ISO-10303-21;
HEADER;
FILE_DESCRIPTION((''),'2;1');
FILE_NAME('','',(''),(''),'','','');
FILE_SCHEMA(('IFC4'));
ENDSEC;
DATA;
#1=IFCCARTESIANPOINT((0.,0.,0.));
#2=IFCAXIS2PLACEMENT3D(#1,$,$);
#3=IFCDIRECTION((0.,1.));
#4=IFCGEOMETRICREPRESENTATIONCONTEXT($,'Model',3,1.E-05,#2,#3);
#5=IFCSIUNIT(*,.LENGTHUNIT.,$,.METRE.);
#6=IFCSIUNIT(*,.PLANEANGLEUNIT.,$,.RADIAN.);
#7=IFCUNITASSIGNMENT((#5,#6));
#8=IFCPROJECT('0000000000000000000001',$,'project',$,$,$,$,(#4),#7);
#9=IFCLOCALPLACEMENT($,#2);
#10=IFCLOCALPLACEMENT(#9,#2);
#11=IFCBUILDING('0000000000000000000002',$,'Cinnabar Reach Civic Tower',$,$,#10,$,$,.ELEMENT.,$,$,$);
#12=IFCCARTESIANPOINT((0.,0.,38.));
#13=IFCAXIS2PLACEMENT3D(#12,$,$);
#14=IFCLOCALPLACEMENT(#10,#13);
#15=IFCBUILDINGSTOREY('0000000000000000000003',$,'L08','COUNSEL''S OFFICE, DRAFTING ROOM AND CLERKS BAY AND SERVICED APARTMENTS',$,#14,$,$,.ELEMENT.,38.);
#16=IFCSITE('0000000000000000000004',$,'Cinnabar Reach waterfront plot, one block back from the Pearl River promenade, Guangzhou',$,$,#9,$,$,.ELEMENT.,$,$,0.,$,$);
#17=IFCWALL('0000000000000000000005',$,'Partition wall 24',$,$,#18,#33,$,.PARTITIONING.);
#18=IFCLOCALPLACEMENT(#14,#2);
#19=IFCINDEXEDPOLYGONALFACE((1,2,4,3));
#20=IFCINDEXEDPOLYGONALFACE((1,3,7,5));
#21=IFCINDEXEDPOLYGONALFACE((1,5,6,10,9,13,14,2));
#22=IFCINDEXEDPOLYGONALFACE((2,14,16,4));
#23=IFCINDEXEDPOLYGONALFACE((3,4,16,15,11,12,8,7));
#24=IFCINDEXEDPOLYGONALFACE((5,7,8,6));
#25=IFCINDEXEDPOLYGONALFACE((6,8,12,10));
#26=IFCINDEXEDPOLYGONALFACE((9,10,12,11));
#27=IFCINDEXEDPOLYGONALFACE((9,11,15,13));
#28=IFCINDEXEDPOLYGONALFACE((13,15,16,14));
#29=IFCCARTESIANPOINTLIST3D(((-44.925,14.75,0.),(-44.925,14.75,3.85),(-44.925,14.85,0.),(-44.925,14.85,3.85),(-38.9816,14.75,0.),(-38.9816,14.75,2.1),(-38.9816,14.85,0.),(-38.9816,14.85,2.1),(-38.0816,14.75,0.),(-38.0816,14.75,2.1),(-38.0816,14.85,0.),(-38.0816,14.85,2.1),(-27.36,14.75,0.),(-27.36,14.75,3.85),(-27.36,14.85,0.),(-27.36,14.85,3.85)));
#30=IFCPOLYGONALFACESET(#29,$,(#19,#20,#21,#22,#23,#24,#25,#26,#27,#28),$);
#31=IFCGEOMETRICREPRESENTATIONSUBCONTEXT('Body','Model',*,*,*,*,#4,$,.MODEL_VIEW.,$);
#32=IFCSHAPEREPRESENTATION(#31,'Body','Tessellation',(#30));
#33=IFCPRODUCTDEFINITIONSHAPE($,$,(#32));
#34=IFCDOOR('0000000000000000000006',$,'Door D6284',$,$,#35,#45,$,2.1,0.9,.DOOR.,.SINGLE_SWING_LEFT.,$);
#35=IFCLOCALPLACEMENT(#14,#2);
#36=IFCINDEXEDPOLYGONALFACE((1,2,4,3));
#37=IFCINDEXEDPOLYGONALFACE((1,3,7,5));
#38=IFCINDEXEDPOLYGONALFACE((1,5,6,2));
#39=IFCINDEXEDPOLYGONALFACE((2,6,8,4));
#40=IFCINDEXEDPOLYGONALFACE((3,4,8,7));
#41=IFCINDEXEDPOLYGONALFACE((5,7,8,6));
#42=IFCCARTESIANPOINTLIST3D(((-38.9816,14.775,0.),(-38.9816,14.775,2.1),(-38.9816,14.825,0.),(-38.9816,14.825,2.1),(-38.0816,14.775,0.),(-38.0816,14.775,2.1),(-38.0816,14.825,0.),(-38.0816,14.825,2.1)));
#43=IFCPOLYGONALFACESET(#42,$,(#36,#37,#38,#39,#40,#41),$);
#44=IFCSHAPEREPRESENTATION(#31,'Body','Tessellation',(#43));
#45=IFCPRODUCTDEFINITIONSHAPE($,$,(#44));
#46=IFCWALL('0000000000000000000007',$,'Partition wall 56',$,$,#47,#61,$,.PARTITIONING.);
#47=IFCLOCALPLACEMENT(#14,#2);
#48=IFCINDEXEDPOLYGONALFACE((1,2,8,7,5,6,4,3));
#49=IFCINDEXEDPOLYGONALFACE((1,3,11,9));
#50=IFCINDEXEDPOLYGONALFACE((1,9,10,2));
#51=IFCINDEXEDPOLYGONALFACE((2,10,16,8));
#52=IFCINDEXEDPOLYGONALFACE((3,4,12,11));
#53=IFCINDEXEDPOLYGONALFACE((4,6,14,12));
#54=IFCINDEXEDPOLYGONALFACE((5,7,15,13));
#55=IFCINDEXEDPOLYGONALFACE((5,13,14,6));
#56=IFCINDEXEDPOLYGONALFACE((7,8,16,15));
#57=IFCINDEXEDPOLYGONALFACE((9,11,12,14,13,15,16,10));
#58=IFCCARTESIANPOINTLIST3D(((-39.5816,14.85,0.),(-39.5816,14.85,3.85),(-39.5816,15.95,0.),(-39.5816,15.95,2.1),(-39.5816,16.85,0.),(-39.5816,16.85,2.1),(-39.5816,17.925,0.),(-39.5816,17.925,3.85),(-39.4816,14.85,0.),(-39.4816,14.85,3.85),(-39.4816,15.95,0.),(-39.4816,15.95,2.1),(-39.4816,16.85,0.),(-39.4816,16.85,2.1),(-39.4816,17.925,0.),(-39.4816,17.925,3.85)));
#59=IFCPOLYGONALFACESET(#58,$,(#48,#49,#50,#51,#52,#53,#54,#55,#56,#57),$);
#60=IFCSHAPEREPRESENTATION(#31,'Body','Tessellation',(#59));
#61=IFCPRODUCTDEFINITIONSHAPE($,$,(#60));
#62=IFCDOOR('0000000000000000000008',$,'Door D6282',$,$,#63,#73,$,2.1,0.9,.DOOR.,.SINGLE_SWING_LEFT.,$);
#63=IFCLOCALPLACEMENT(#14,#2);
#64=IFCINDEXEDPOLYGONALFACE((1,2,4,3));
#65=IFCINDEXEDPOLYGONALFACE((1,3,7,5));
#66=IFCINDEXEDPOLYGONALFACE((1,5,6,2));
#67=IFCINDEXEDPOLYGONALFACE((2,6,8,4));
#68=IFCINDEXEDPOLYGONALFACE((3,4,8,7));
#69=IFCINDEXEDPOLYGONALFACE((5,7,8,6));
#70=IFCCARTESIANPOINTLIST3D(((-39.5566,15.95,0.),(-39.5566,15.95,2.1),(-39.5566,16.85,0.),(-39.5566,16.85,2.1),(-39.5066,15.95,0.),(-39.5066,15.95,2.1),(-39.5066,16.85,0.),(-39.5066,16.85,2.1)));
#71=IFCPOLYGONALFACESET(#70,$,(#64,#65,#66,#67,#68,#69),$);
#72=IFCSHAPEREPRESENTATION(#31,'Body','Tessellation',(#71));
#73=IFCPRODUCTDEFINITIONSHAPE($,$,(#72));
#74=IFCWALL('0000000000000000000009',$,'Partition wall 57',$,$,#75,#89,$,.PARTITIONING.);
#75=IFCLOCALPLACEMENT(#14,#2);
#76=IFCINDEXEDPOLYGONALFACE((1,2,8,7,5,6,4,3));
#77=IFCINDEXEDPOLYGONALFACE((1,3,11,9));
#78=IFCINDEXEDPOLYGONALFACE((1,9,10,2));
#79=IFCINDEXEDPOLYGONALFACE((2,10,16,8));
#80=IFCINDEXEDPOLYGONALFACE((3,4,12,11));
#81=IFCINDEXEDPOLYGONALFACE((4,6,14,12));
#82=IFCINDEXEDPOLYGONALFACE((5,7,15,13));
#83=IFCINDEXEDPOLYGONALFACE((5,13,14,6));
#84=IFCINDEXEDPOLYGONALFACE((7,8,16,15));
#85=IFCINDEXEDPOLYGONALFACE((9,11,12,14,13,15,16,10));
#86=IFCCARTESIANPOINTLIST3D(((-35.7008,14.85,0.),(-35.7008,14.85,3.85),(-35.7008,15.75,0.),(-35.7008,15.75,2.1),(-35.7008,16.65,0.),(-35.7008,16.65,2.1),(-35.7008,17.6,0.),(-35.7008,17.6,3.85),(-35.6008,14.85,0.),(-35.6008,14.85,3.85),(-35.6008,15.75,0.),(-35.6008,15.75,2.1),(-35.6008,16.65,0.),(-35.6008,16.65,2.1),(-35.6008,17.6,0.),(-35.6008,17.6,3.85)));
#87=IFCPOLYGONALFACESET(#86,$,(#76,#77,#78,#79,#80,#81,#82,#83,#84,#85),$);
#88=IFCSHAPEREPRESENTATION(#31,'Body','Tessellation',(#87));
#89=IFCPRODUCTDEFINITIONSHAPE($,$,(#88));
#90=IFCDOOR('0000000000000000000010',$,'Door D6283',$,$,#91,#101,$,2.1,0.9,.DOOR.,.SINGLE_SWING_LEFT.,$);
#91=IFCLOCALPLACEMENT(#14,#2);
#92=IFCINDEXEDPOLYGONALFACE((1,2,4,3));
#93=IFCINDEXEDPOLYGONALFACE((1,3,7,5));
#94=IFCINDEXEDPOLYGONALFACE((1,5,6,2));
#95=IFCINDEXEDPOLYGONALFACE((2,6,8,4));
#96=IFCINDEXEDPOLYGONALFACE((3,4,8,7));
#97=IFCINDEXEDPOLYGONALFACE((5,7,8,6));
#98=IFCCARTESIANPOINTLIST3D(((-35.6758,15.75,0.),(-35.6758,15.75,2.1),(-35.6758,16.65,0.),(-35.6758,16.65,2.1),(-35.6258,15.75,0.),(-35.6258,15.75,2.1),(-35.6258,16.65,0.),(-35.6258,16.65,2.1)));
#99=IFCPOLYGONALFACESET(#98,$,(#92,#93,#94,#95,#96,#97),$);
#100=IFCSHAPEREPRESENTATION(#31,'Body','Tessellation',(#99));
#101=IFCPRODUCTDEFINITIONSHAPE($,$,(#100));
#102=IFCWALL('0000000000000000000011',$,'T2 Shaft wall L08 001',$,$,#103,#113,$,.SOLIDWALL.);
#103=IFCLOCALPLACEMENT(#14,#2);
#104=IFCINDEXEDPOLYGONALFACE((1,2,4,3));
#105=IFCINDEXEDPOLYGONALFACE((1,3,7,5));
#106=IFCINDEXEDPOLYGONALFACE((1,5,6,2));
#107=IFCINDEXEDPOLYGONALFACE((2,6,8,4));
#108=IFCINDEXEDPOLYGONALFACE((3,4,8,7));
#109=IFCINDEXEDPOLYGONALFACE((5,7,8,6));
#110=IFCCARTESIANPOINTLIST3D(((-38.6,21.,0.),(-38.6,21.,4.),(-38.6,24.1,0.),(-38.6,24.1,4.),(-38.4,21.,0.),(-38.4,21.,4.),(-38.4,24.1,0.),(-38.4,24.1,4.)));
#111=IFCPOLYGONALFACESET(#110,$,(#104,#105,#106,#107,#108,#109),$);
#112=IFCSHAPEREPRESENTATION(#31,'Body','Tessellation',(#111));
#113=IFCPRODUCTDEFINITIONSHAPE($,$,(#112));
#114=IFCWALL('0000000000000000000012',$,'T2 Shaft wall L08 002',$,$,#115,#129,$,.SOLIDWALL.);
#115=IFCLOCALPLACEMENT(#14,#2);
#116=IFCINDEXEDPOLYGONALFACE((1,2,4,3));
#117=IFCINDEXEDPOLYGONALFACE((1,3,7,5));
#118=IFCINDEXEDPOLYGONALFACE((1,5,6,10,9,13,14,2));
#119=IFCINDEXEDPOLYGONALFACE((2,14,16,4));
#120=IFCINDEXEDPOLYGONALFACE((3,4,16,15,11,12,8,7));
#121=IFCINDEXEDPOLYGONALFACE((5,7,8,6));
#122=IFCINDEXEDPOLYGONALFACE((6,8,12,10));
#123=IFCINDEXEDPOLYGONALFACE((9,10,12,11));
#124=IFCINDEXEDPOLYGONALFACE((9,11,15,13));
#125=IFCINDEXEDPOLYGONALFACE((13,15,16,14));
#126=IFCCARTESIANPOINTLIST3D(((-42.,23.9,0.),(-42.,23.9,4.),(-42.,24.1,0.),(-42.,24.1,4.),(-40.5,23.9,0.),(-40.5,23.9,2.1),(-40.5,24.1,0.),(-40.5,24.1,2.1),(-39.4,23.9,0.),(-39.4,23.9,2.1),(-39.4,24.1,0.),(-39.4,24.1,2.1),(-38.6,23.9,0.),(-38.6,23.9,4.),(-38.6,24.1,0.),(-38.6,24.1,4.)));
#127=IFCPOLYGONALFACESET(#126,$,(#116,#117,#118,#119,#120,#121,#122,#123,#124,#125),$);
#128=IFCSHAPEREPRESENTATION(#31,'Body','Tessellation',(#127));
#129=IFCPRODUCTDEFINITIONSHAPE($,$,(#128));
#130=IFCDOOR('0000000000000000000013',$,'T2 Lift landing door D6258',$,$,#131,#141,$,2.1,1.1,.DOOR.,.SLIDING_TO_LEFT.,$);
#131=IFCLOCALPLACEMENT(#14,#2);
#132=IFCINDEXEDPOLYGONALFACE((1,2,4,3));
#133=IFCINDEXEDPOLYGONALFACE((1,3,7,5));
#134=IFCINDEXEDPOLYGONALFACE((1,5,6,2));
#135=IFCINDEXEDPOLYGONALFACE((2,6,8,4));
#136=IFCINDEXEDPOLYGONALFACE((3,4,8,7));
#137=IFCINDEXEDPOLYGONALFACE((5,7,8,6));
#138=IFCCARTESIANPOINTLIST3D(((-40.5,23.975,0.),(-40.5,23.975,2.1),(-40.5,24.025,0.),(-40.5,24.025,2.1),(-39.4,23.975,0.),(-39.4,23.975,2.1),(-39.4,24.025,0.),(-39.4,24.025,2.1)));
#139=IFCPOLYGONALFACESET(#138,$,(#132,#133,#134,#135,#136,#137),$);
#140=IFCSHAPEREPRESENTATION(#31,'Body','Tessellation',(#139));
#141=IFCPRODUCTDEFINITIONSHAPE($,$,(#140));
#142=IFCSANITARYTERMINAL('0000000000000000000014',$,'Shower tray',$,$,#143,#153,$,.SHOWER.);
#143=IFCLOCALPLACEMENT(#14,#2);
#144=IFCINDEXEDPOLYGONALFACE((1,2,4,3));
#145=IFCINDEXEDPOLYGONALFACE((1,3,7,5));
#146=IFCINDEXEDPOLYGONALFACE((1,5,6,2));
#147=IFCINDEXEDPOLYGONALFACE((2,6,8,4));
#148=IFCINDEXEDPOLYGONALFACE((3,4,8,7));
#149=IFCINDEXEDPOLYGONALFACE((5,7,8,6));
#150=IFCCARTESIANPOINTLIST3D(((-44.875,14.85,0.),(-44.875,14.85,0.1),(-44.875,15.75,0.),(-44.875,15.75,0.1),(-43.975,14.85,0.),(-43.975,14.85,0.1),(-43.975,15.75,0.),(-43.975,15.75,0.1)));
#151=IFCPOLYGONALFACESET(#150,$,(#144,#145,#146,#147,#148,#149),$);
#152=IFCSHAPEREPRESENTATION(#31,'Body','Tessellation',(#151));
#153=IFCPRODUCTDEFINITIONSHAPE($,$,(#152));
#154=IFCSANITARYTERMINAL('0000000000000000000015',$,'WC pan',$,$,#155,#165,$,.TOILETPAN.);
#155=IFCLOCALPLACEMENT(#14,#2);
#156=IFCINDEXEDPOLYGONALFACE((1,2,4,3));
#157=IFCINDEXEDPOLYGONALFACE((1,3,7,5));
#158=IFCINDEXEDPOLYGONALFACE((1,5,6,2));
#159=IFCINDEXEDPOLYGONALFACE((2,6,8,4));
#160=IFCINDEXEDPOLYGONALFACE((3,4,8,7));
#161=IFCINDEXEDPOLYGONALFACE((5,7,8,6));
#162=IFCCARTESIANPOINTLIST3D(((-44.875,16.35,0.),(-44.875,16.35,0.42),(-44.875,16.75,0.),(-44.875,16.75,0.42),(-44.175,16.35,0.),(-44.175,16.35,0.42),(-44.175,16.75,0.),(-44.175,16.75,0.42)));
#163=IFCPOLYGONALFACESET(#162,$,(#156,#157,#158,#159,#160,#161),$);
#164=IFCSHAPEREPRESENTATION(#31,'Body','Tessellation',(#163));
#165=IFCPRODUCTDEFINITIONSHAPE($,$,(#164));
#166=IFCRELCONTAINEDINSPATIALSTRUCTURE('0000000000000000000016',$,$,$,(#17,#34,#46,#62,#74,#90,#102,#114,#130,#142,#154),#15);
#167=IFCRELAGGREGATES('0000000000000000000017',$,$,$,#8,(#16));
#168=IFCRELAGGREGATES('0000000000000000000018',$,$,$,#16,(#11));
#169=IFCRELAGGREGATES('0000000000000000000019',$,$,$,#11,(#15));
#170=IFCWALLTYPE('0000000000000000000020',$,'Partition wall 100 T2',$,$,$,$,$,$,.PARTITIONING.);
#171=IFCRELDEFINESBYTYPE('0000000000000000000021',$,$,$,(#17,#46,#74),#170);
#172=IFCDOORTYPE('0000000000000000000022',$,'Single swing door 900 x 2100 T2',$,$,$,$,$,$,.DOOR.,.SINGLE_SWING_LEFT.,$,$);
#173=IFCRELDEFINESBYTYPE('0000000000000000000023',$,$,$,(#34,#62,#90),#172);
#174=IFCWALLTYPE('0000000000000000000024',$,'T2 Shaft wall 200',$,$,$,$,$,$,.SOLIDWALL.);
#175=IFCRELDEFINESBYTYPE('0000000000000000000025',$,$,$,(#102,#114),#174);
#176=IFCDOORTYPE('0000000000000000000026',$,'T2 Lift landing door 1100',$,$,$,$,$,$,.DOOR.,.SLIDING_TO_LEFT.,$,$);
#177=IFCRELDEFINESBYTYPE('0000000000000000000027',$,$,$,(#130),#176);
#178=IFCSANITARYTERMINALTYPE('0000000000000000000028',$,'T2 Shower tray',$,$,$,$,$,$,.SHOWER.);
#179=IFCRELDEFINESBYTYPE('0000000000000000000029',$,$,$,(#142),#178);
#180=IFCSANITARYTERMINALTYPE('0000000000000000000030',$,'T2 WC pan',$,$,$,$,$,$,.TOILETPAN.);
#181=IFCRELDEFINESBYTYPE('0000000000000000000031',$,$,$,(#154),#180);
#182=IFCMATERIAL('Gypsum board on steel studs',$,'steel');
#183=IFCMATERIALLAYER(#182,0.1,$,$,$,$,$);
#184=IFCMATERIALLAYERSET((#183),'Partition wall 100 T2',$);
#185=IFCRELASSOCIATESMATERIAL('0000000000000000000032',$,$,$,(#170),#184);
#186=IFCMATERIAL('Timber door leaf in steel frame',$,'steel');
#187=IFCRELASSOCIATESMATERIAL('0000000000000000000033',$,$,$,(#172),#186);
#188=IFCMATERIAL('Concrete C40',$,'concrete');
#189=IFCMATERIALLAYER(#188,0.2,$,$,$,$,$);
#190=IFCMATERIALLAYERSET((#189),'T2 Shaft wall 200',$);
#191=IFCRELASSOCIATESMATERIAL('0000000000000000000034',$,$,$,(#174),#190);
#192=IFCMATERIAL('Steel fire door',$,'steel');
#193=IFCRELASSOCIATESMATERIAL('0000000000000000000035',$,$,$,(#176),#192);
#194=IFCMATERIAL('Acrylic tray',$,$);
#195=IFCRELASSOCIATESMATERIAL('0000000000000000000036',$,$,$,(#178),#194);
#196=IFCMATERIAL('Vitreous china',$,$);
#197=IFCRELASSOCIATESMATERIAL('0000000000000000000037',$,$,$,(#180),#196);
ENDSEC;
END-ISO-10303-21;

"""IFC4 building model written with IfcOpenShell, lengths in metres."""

from ifc_helpers import new_model, si_unit, direction, frame, frame_2d, origin, origin_2d, place, context, subcontext, project, spatial, rectangle, extrude, material, layer, layer_set, type_object, element, fill, save


model = new_model("IFC4")

# Units and contexts
model_context = context("Model", 3, precision=1e-05, world=origin(), true_north=direction((0.0, 1.0)))
body_context = subcontext(model_context, "Body", "Model", "MODEL_VIEW")
ifc_project = project(units=[si_unit("LENGTHUNIT", "METRE"), si_unit("PLANEANGLEUNIT", "RADIAN")], contexts=[model_context])

# Site, building, storey
site_placement = place(None, origin())
site = spatial("IfcSite", under=ifc_project, at=site_placement, Name="Cinnabar Reach waterfront plot, one block back from the Pearl River promenade, Guangzhou", CompositionType="ELEMENT", RefElevation=0.0)
building_placement = place(site_placement, origin())
building = spatial("IfcBuilding", under=site, at=building_placement, Name="Cinnabar Reach Civic Tower", CompositionType="ELEMENT")
storey_placement = place(building_placement, frame((0.0, 0.0, 38.0)))
storey = spatial("IfcBuildingStorey", under=building, at=storey_placement, Name="L08", Description="COUNSEL'S OFFICE, DRAFTING ROOM AND CLERKS BAY AND SERVICED APARTMENTS", CompositionType="ELEMENT", Elevation=38.0)

# Shared definitions
ifc_material_1 = material(Name="Timber door leaf in steel frame", Category="steel")

# Walls, openings, doors
ifc_material_2 = material(Name="Gypsum board on steel studs", Category="steel")
ifc_layer_1 = layer(ifc_material_2, 0.1)
ifc_layer_set_1 = layer_set([ifc_layer_1], Name="Partition wall 100 T2")
wall_type_1 = type_object("IfcWallType", Name="Partition wall 100 T2", PredefinedType="PARTITIONING", material=ifc_layer_set_1)
wall_1_placement = place(storey_placement, frame((-44.925, 14.8, 0.0), z_axis=(0.0, 0.0, 1.0), x_axis=(1.0, 0.0, 0.0)))
wall_1 = element("IfcWall", 1, at=wall_1_placement, inside=storey, type_object=wall_type_1, Name="Partition wall 24", PredefinedType="PARTITIONING", context=body_context, shape_type="SweptSolid", body=[
    extrude(rectangle(XDim=17.565, YDim=0.1, at=frame_2d((8.7825, 0.0))), origin(), (0.0, 0.0, 1.0), 3.85),
])
opening_1_placement = place(wall_1_placement, frame((5.9434, 0.0, 0.0)))
opening_1 = element("IfcOpeningElement", 2, at=opening_1_placement, cuts=wall_1, PredefinedType="OPENING", context=body_context, shape_type="SweptSolid", body=[
    extrude(rectangle(XDim=0.9, YDim=2.1, at=frame_2d((0.45, 1.05))), frame((0.0, 0.06, 0.0), z_axis=(0.0, -1.0, 0.0), x_axis=(1.0, 0.0, 0.0)), (0.0, 0.0, 1.0), 0.12),
])
door_type_1 = type_object("IfcDoorType", Name="Single swing door 900 x 2100 T2", OperationType="SINGLE_SWING_LEFT", PredefinedType="DOOR", material=ifc_material_1)
door_1_placement = place(opening_1_placement, origin())
door_1 = element("IfcDoor", 3, at=door_1_placement, inside=storey, type_object=door_type_1, Name="Door D6284", OperationType="SINGLE_SWING_LEFT", OverallHeight=2.1, OverallWidth=0.9, PredefinedType="DOOR", context=body_context, shape_type="SweptSolid", body=[
    extrude(rectangle(XDim=0.9, YDim=2.1, at=frame_2d((0.45, 1.05))), frame((0.0, 0.025, 0.0), z_axis=(0.0, -1.0, 0.0), x_axis=(1.0, 0.0, 0.0)), (0.0, 0.0, 1.0), 0.05),
])
fill(opening_1, door_1)
wall_2_placement = place(storey_placement, frame((-39.5316, 14.85, 0.0), z_axis=(0.0, 0.0, 1.0), x_axis=(0.0, 1.0, 0.0)))
wall_2 = element("IfcWall", 4, at=wall_2_placement, inside=storey, type_object=wall_type_1, Name="Partition wall 56", PredefinedType="PARTITIONING", context=body_context, shape_type="SweptSolid", body=[
    extrude(rectangle(XDim=3.075, YDim=0.1, at=frame_2d((1.5375, 0.0))), origin(), (0.0, 0.0, 1.0), 3.85),
])
opening_2_placement = place(wall_2_placement, frame((1.1, 0.0, 0.0)))
opening_2 = element("IfcOpeningElement", 5, at=opening_2_placement, cuts=wall_2, PredefinedType="OPENING", context=body_context, shape_type="SweptSolid", body=[
    extrude(rectangle(XDim=0.9, YDim=2.1, at=frame_2d((0.45, 1.05))), frame((0.0, 0.06, 0.0), z_axis=(0.0, -1.0, 0.0), x_axis=(1.0, 0.0, 0.0)), (0.0, 0.0, 1.0), 0.12),
])
door_2_placement = place(opening_2_placement, origin())
door_2 = element("IfcDoor", 6, at=door_2_placement, inside=storey, type_object=door_type_1, Name="Door D6282", OperationType="SINGLE_SWING_LEFT", OverallHeight=2.1, OverallWidth=0.9, PredefinedType="DOOR", context=body_context, shape_type="SweptSolid", body=[
    extrude(rectangle(XDim=0.9, YDim=2.1, at=frame_2d((0.45, 1.05))), frame((0.0, 0.025, 0.0), z_axis=(0.0, -1.0, 0.0), x_axis=(1.0, 0.0, 0.0)), (0.0, 0.0, 1.0), 0.05),
])
fill(opening_2, door_2)
wall_3_placement = place(storey_placement, frame((-35.6508, 14.85, 0.0), z_axis=(0.0, 0.0, 1.0), x_axis=(0.0, 1.0, 0.0)))
wall_3 = element("IfcWall", 7, at=wall_3_placement, inside=storey, type_object=wall_type_1, Name="Partition wall 57", PredefinedType="PARTITIONING", context=body_context, shape_type="SweptSolid", body=[
    extrude(rectangle(XDim=2.75, YDim=0.1, at=frame_2d((1.375, 0.0))), origin(), (0.0, 0.0, 1.0), 3.85),
])
opening_3_placement = place(wall_3_placement, frame((0.9, 0.0, 0.0)))
opening_3 = element("IfcOpeningElement", 8, at=opening_3_placement, cuts=wall_3, PredefinedType="OPENING", context=body_context, shape_type="SweptSolid", body=[
    extrude(rectangle(XDim=0.9, YDim=2.1, at=frame_2d((0.45, 1.05))), frame((0.0, 0.06, 0.0), z_axis=(0.0, -1.0, 0.0), x_axis=(1.0, 0.0, 0.0)), (0.0, 0.0, 1.0), 0.12),
])
door_3_placement = place(opening_3_placement, origin())
door_3 = element("IfcDoor", 9, at=door_3_placement, inside=storey, type_object=door_type_1, Name="Door D6283", OperationType="SINGLE_SWING_LEFT", OverallHeight=2.1, OverallWidth=0.9, PredefinedType="DOOR", context=body_context, shape_type="SweptSolid", body=[
    extrude(rectangle(XDim=0.9, YDim=2.1, at=frame_2d((0.45, 1.05))), frame((0.0, 0.025, 0.0), z_axis=(0.0, -1.0, 0.0), x_axis=(1.0, 0.0, 0.0)), (0.0, 0.0, 1.0), 0.05),
])
fill(opening_3, door_3)

# Wall
ifc_material_3 = material(Name="Concrete C40", Category="concrete")
ifc_layer_2 = layer(ifc_material_3, 0.2)
ifc_layer_set_2 = layer_set([ifc_layer_2], Name="T2 Shaft wall 200")
wall_type_2 = type_object("IfcWallType", Name="T2 Shaft wall 200", PredefinedType="SOLIDWALL", material=ifc_layer_set_2)
wall_4_placement = place(storey_placement, frame((-38.5, 21.0, 0.0), z_axis=(0.0, 0.0, 1.0), x_axis=(0.0, 1.0, 0.0)))
element("IfcWall", 10, at=wall_4_placement, inside=storey, type_object=wall_type_2, Name="T2 Shaft wall L08 001", PredefinedType="SOLIDWALL", context=body_context, shape_type="SweptSolid", body=[
    extrude(rectangle(XDim=3.1, YDim=0.2, at=frame_2d((1.55, 0.0))), origin(), (0.0, 0.0, 1.0), 4.0),
])

# Wall, opening, door
wall_5_placement = place(storey_placement, frame((-38.6, 24.0, 0.0), z_axis=(0.0, 0.0, 1.0), x_axis=(-1.0, 0.0, 0.0)))
wall_5 = element("IfcWall", 11, at=wall_5_placement, inside=storey, type_object=wall_type_2, Name="T2 Shaft wall L08 002", PredefinedType="SOLIDWALL", context=body_context, shape_type="SweptSolid", body=[
    extrude(rectangle(XDim=3.4, YDim=0.2, at=frame_2d((1.7, 0.0))), origin(), (0.0, 0.0, 1.0), 4.0),
])
opening_4_placement = place(wall_5_placement, frame((0.8, 0.0, 0.0)))
opening_4 = element("IfcOpeningElement", 12, at=opening_4_placement, cuts=wall_5, PredefinedType="OPENING", context=body_context, shape_type="SweptSolid", body=[
    extrude(rectangle(XDim=1.1, YDim=2.1, at=frame_2d((0.55, 1.05))), frame((0.0, 0.11, 0.0), z_axis=(0.0, -1.0, 0.0), x_axis=(1.0, 0.0, 0.0)), (0.0, 0.0, 1.0), 0.22),
])
ifc_material_4 = material(Name="Steel fire door", Category="steel")
door_type_2 = type_object("IfcDoorType", Name="T2 Lift landing door 1100", OperationType="SLIDING_TO_LEFT", PredefinedType="DOOR", material=ifc_material_4)
door_4_placement = place(opening_4_placement, origin())
door_4 = element("IfcDoor", 13, at=door_4_placement, inside=storey, type_object=door_type_2, Name="T2 Lift landing door D6258", OperationType="SLIDING_TO_LEFT", OverallHeight=2.1, OverallWidth=1.1, PredefinedType="DOOR", context=body_context, shape_type="SweptSolid", body=[
    extrude(rectangle(XDim=1.1, YDim=2.1, at=frame_2d((0.55, 1.05))), frame((0.0, 0.025, 0.0), z_axis=(0.0, -1.0, 0.0), x_axis=(1.0, 0.0, 0.0)), (0.0, 0.0, 1.0), 0.05),
])
fill(opening_4, door_4)

# Sanitary terminals
ifc_material_5 = material(Name="Acrylic tray")
sanitary_terminal_type_1 = type_object("IfcSanitaryTerminalType", Name="T2 Shower tray", PredefinedType="SHOWER", material=ifc_material_5)
sanitary_terminal_1_placement = place(storey_placement, frame((-44.425, 15.3, 0.0), z_axis=(0.0, 0.0, 1.0), x_axis=(1.0, 0.0, 0.0)))
element("IfcSanitaryTerminal", 14, at=sanitary_terminal_1_placement, inside=storey, type_object=sanitary_terminal_type_1, Name="Shower tray", PredefinedType="SHOWER", context=body_context, shape_type="SweptSolid", body=[
    extrude(rectangle(XDim=0.9, YDim=0.9, at=origin_2d()), origin(), (0.0, 0.0, 1.0), 0.1),
])
ifc_material_6 = material(Name="Vitreous china")
sanitary_terminal_type_2 = type_object("IfcSanitaryTerminalType", Name="T2 WC pan", PredefinedType="TOILETPAN", material=ifc_material_6)
sanitary_terminal_2_placement = place(storey_placement, frame((-44.525, 16.55, 0.0), z_axis=(0.0, 0.0, 1.0), x_axis=(1.0, 0.0, 0.0)))
element("IfcSanitaryTerminal", 15, at=sanitary_terminal_2_placement, inside=storey, type_object=sanitary_terminal_type_2, Name="WC pan", PredefinedType="TOILETPAN", context=body_context, shape_type="SweptSolid", body=[
    extrude(rectangle(XDim=0.7, YDim=0.4, at=origin_2d()), origin(), (0.0, 0.0, 1.0), 0.42),
])

save(model, "model.ifc")
